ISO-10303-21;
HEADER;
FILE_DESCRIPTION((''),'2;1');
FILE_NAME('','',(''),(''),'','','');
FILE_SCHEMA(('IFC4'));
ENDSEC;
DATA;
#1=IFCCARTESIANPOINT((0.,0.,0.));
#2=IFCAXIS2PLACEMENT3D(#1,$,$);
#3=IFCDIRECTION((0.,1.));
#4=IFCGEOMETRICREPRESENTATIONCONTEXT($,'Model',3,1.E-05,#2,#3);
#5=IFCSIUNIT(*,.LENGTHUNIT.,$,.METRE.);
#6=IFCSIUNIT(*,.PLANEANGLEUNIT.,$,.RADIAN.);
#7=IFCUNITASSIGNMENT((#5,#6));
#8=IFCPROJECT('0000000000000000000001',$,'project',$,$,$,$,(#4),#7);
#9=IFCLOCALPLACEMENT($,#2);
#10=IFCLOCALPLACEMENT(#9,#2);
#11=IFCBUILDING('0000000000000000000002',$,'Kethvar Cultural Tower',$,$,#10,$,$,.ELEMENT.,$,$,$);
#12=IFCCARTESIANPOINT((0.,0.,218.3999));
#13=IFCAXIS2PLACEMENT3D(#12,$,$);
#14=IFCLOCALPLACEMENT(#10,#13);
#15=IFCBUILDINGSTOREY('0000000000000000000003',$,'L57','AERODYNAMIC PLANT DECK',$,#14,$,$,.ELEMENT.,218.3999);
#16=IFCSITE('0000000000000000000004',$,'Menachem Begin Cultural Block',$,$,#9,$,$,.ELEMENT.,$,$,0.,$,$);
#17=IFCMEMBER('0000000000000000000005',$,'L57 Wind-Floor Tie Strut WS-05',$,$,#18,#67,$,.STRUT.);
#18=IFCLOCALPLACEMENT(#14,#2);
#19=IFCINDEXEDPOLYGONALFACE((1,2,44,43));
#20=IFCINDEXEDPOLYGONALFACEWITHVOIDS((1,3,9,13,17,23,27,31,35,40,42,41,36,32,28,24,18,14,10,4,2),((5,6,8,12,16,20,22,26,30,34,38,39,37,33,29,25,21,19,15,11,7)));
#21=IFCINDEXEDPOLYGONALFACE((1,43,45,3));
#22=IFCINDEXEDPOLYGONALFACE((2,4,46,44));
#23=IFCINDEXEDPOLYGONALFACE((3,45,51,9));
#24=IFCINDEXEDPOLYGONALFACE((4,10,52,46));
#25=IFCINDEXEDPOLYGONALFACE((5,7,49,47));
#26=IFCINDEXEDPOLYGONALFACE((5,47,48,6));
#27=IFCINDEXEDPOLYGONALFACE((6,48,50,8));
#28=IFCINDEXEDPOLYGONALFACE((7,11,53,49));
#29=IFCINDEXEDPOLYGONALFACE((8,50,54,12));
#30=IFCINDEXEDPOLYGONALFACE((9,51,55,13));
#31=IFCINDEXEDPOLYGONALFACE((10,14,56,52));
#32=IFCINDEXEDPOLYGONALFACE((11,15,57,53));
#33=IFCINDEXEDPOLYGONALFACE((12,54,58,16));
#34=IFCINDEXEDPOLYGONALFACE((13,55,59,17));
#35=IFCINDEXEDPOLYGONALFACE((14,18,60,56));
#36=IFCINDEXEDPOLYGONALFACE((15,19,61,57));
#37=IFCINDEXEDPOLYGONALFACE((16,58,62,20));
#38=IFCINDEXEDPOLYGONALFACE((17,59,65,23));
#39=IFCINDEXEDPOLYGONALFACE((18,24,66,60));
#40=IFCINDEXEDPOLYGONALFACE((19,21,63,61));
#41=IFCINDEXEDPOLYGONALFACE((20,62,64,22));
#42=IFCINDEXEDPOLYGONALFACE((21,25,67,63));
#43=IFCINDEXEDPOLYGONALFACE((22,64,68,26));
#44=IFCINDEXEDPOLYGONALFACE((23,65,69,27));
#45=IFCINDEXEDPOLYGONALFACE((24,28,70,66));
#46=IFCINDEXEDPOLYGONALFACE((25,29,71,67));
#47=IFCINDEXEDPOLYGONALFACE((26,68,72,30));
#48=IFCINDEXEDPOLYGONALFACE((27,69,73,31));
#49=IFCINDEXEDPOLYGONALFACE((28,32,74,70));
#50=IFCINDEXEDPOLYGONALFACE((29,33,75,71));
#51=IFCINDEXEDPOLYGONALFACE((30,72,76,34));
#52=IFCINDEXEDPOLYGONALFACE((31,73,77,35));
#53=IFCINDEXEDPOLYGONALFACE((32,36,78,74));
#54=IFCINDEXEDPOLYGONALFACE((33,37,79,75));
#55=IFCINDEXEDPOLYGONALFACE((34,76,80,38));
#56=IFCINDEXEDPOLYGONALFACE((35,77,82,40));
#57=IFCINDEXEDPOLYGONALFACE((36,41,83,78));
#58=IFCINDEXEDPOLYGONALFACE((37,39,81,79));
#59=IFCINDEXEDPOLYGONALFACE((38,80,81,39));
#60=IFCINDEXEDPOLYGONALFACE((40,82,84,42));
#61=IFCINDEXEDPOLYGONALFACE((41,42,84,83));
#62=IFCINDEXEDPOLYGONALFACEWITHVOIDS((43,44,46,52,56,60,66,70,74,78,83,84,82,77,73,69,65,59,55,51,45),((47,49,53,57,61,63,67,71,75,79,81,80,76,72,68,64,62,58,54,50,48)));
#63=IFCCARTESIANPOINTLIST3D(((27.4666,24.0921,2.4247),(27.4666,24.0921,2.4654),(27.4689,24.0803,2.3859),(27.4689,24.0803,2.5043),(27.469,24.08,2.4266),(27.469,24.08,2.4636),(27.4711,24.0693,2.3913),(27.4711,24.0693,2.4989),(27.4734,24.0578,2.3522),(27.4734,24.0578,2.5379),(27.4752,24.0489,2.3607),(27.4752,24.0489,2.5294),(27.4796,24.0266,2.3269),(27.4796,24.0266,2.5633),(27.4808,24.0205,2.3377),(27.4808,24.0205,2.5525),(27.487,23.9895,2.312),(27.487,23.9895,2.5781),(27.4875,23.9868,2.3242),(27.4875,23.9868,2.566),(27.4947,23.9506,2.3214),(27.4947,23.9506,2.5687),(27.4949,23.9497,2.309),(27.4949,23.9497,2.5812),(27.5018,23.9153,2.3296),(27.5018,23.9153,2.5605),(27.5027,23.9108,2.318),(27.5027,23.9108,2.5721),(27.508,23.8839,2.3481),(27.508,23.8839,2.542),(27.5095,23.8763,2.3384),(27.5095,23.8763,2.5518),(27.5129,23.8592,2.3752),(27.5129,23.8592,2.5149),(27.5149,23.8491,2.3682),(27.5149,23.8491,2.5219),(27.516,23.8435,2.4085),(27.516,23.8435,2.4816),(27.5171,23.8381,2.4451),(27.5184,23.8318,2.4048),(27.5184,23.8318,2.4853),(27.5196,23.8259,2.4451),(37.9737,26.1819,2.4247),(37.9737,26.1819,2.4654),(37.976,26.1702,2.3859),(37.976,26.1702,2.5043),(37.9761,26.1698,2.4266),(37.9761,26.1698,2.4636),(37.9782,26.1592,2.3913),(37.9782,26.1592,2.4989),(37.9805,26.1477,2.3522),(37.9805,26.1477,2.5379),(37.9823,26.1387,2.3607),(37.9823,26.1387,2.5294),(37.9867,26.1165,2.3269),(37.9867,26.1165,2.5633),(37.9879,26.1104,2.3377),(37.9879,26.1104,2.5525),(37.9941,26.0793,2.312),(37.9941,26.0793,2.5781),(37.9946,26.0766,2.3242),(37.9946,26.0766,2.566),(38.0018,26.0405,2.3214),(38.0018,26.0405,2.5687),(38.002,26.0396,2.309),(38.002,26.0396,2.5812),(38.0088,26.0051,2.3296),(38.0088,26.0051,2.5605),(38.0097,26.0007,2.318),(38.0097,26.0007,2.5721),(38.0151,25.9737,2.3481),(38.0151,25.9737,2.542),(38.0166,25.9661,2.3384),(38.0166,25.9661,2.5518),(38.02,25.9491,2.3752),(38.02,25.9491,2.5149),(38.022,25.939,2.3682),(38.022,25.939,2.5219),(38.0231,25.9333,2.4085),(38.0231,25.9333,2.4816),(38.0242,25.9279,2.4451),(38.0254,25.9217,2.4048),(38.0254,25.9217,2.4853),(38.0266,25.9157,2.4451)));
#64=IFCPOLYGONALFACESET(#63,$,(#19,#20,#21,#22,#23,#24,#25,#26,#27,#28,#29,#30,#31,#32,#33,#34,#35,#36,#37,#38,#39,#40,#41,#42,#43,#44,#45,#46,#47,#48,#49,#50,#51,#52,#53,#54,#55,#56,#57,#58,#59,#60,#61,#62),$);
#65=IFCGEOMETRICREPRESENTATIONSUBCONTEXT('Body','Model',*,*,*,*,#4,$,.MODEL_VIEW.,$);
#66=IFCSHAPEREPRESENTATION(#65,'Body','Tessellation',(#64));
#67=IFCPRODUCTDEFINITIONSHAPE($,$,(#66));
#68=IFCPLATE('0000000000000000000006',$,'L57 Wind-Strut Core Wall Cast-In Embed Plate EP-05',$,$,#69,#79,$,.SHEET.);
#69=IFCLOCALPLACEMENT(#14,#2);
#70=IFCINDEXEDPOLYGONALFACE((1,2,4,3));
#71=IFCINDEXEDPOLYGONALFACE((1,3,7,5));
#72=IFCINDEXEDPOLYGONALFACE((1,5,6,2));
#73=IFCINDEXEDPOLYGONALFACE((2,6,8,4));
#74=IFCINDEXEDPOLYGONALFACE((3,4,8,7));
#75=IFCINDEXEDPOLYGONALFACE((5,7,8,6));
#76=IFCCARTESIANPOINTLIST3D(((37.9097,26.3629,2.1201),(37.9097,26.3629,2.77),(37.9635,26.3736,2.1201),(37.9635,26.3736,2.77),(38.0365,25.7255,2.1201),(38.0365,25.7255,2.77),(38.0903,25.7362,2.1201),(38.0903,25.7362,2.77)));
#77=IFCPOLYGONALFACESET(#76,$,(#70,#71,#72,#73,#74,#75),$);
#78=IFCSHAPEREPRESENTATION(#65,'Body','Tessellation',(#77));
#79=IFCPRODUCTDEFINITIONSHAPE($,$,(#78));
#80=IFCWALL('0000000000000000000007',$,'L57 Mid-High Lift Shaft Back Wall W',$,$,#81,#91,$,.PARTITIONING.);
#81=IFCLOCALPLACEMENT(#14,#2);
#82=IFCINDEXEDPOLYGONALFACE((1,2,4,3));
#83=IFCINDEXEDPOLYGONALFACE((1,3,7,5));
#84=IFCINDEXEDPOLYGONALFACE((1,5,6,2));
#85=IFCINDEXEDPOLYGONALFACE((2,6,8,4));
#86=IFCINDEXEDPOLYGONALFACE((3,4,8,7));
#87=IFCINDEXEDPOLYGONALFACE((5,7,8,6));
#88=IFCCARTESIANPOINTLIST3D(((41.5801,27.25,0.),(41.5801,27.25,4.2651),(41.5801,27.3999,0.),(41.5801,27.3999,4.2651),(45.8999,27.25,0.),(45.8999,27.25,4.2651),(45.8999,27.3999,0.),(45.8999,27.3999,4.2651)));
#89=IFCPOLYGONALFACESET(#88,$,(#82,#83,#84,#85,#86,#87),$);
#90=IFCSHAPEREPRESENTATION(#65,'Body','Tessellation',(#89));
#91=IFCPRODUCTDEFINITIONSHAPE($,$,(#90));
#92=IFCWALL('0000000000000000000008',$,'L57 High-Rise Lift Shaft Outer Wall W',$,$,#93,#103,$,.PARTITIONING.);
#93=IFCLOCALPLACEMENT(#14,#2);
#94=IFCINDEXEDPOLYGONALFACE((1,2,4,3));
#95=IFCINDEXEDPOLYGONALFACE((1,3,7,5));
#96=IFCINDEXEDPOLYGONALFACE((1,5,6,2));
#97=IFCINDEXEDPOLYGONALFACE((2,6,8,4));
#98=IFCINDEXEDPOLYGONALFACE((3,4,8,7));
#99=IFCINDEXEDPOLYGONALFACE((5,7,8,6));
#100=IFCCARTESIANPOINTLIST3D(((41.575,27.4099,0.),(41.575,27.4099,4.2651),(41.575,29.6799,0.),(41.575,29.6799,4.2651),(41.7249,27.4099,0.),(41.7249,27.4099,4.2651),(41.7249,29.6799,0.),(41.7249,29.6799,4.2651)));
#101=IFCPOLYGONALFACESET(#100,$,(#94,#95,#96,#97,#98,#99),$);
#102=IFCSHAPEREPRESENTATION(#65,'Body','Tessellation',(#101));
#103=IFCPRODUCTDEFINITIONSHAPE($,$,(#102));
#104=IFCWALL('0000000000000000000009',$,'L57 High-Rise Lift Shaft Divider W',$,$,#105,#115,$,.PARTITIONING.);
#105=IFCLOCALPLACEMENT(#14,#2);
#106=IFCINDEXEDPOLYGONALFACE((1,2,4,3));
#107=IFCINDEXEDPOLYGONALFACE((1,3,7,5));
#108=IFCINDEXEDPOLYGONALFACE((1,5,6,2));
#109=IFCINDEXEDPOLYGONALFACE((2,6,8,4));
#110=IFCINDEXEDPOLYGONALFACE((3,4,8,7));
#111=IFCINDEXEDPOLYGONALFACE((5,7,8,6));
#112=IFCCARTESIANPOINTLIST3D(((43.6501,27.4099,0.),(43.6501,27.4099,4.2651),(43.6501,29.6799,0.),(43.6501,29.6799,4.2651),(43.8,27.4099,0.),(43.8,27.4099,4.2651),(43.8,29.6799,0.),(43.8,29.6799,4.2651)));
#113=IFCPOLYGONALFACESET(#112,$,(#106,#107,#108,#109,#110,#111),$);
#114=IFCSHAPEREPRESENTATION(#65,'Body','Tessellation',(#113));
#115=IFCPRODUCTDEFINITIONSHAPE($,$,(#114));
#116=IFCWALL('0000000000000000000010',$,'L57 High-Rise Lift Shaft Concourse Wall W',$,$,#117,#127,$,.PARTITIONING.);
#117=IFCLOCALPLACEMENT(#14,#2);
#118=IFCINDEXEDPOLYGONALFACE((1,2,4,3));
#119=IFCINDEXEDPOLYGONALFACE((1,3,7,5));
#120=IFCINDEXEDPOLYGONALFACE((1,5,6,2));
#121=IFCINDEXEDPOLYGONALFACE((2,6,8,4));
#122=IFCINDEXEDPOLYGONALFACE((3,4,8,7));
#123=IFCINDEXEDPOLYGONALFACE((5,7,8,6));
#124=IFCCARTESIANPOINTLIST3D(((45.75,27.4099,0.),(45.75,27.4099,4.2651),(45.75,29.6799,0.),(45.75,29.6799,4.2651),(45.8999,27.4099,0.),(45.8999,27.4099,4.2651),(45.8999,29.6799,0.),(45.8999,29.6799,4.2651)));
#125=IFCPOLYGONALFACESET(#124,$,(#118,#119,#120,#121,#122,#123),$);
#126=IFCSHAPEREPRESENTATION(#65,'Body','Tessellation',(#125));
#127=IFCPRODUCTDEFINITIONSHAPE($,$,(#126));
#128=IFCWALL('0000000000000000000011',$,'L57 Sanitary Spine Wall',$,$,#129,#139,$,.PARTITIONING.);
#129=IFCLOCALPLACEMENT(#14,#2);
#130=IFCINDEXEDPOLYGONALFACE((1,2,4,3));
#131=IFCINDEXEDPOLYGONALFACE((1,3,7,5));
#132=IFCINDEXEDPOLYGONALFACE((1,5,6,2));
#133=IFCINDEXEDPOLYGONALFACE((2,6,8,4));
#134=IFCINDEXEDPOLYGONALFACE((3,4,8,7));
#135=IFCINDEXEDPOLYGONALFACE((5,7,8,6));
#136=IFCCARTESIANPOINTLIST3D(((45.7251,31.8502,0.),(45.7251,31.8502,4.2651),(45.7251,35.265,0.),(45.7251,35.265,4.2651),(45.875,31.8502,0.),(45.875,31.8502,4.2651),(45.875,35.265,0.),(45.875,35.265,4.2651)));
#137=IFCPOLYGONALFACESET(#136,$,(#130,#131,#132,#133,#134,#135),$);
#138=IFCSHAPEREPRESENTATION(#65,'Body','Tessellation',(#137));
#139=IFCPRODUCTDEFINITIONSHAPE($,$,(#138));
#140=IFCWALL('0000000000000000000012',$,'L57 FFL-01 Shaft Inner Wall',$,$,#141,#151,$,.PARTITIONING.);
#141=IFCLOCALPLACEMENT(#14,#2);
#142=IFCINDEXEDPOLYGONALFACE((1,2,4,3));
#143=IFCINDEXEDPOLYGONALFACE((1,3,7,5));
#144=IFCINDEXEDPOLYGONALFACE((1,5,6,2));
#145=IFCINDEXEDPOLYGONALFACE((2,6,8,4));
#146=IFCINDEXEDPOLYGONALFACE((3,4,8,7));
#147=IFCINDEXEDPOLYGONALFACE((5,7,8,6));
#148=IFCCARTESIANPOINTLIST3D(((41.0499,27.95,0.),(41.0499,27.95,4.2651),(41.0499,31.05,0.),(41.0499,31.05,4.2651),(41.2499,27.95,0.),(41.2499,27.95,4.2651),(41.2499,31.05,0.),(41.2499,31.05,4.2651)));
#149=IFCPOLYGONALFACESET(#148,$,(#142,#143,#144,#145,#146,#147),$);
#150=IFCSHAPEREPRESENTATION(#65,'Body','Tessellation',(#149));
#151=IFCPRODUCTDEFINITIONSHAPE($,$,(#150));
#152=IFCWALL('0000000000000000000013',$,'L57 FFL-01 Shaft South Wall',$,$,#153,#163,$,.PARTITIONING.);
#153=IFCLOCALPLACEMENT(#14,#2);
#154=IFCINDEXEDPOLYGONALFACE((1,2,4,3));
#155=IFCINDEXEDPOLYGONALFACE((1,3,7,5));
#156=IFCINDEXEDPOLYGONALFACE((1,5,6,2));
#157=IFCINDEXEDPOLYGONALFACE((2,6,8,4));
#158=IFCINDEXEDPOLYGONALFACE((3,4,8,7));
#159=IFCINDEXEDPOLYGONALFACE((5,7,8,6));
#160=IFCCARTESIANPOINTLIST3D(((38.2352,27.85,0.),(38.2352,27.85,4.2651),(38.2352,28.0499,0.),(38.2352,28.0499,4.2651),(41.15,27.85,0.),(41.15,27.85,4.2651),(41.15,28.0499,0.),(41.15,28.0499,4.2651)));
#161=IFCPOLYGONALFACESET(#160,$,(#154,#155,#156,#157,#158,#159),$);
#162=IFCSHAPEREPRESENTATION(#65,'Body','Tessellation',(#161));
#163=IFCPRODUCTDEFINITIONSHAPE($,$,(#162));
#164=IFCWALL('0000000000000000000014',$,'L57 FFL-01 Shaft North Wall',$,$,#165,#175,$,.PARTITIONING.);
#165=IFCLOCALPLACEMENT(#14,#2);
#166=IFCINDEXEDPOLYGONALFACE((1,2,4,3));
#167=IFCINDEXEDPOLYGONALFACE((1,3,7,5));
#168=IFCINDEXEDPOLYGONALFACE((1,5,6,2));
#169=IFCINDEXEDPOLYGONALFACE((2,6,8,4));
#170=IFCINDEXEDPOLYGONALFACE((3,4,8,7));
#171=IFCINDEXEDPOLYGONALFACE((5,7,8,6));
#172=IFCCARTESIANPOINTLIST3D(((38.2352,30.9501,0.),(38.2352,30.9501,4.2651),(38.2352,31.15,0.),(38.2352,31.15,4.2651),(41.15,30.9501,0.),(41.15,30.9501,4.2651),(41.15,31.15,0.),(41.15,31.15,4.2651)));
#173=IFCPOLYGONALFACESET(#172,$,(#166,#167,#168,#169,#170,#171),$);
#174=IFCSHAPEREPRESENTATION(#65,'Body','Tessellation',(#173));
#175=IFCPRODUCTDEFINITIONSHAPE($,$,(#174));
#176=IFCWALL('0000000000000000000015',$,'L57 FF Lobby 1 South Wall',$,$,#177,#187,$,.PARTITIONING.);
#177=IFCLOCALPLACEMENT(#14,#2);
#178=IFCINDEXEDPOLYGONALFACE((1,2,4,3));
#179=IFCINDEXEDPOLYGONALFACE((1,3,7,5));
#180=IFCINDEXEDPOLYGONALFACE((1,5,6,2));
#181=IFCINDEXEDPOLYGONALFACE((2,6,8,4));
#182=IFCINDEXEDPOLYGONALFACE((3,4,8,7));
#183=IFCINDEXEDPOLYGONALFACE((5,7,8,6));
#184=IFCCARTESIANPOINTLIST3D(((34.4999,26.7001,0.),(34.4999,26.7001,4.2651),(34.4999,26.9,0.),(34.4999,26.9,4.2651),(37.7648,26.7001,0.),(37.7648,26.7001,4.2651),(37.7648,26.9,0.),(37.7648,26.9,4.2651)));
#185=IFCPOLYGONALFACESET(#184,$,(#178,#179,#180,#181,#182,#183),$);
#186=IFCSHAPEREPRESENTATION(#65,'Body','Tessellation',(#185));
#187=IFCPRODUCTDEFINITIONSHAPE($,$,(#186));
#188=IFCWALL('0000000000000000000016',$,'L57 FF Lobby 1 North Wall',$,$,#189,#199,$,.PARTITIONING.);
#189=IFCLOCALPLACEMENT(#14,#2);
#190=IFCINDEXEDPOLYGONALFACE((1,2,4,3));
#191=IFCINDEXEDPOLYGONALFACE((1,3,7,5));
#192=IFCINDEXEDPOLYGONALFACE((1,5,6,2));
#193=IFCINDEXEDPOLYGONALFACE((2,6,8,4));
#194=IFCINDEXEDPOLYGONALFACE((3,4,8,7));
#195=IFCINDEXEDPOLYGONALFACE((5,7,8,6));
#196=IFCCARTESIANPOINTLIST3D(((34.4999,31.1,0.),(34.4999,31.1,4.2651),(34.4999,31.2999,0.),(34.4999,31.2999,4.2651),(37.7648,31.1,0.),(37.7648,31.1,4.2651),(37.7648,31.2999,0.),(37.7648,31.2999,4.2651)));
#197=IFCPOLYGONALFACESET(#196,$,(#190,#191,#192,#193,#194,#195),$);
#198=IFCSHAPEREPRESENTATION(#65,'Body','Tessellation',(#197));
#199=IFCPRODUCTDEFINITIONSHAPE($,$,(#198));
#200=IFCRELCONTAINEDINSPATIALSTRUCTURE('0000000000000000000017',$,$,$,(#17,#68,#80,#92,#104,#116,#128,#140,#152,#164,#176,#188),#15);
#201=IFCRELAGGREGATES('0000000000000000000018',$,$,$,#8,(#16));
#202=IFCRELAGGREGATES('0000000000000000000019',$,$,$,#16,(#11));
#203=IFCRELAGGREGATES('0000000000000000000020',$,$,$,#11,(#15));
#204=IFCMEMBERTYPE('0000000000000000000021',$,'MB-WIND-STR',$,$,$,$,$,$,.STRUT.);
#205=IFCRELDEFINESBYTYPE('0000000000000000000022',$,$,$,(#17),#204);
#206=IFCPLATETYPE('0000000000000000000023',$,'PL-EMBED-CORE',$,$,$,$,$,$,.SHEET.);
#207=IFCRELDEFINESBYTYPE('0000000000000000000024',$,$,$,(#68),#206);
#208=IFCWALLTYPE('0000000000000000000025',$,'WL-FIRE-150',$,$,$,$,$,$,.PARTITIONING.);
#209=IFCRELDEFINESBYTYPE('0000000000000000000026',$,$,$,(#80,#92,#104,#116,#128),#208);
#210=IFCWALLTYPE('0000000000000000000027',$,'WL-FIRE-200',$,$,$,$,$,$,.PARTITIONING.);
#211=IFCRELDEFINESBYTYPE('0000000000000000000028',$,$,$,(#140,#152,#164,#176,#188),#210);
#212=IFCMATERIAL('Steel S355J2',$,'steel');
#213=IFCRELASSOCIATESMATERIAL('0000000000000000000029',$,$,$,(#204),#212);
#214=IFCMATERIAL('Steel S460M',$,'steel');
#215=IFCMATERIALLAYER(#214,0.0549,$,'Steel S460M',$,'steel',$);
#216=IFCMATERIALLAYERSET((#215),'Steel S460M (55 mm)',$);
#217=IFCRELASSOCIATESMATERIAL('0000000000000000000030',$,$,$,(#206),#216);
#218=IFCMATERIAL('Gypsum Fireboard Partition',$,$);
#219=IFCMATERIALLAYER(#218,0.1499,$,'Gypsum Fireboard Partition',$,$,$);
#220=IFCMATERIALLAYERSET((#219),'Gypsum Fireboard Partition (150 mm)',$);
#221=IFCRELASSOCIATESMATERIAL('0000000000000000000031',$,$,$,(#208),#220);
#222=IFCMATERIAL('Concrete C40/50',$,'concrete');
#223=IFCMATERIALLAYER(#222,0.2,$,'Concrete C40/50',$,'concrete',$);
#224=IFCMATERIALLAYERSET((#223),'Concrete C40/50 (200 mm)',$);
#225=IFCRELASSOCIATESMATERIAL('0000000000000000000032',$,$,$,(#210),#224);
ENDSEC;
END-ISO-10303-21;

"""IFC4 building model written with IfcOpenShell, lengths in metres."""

from ifc_helpers import new_model, si_unit, direction, frame, frame_2d, origin, origin_2d, place, context, subcontext, project, spatial, rectangle, hollow_circle, extrude, source, transform, mapped, material, layer, layer_set, material_profile, profile_set, type_object, element, save


model = new_model("IFC4")

# Units and contexts
model_context = context("Model", 3, precision=1e-05, world=origin(), true_north=direction((0.0, 1.0)))
body_context = subcontext(model_context, "Body", "Model", "MODEL_VIEW")
ifc_project = project(units=[si_unit("LENGTHUNIT", "METRE"), si_unit("PLANEANGLEUNIT", "RADIAN")], contexts=[model_context])

# Site, building, storey
site_placement = place(None, origin())
site = spatial("IfcSite", under=ifc_project, at=site_placement, Name="Menachem Begin Cultural Block", CompositionType="ELEMENT", RefElevation=0.0)
building_placement = place(site_placement, origin())
building = spatial("IfcBuilding", under=site, at=building_placement, Name="Kethvar Cultural Tower", CompositionType="ELEMENT")
storey_placement = place(building_placement, frame((0.0, 0.0, 218.3999)))
storey = spatial("IfcBuildingStorey", under=building, at=storey_placement, Name="L57", Description="AERODYNAMIC PLANT DECK", CompositionType="ELEMENT", Elevation=218.3999)

# Shared definitions
ifc_material_1 = material(Name="Steel S460M", Category="steel")

# Shared definitions
ifc_material_2 = material(Name="Steel S355J2", Category="steel")

# Member
ifc_material_profile_1 = material_profile(ifc_material_2, hollow_circle(Radius=0.1365, WallThickness=0.0125, at=origin_2d()), Name="Steel S355J2 — CHS273x12.5")
ifc_profile_set_1 = profile_set([ifc_material_profile_1], Name="Steel S355J2 — CHS273x12.5")
member_type = type_object("IfcMemberType", Name="MB-WIND-STR", PredefinedType="STRUT", material=ifc_profile_set_1)
shared_shape_1 = source(origin(), body_context, "Body", "SweptSolid", [
    extrude(hollow_circle(Radius=0.1365, WallThickness=0.0125, at=origin_2d()), origin(), (0.0, 0.0, 1.0), 10.7129),
])
member_placement = place(storey_placement, frame((38.0, 26.0496, 2.4451), z_axis=(-0.980788, -0.195077, 0.0), x_axis=(0.195077, -0.980788, 0.0)))
element("IfcMember", 1, at=member_placement, inside=storey, type_object=member_type, Name="L57 Wind-Floor Tie Strut WS-05", PredefinedType="STRUT", context=body_context, shape_type="MappedRepresentation", body=[
    mapped(shared_shape_1, transform((0.0, 0.0, 0.0), scale=1.0)),
])

# Plate
ifc_layer_1 = layer(ifc_material_1, 0.0549, Name="Steel S460M", Category="steel")
ifc_layer_set_1 = layer_set([ifc_layer_1], Name="Steel S460M (55 mm)")
plate_type = type_object("IfcPlateType", Name="PL-EMBED-CORE", PredefinedType="SHEET", material=ifc_layer_set_1)
shared_shape_2 = source(origin(), body_context, "Body", "SweptSolid", [
    extrude(rectangle(XDim=0.0549, YDim=0.6499, at=origin_2d()), origin(), (0.0, 0.0, 1.0), 0.6499),
])
plate_placement = place(storey_placement, frame((38.0, 26.0496, 2.1201), z_axis=(0.0, 0.0, 1.0), x_axis=(-0.980785, -0.19509, 0.0)))
element("IfcPlate", 2, at=plate_placement, inside=storey, type_object=plate_type, Name="L57 Wind-Strut Core Wall Cast-In Embed Plate EP-05", PredefinedType="SHEET", context=body_context, shape_type="MappedRepresentation", body=[
    mapped(shared_shape_2, transform((0.0, 0.0, 0.0), scale=1.0)),
])

# Walls
ifc_material_3 = material(Name="Gypsum Fireboard Partition")
ifc_layer_2 = layer(ifc_material_3, 0.1499, Name="Gypsum Fireboard Partition")
ifc_layer_set_2 = layer_set([ifc_layer_2], Name="Gypsum Fireboard Partition (150 mm)")
wall_type_1 = type_object("IfcWallType", Name="WL-FIRE-150", PredefinedType="PARTITIONING", material=ifc_layer_set_2)
wall_1_placement = place(storey_placement, frame((41.5801, 27.325, 0.0), z_axis=(0.0, 0.0, 1.0), x_axis=(1.0, 0.0, 0.0)))
element("IfcWall", 3, at=wall_1_placement, inside=storey, type_object=wall_type_1, Name="L57 Mid-High Lift Shaft Back Wall W", PredefinedType="PARTITIONING", context=body_context, shape_type="SweptSolid", body=[
    extrude(rectangle(XDim=4.3198, YDim=0.1499, at=frame_2d((2.1599, 0.0))), origin(), (0.0, 0.0, 1.0), 4.2651),
])
for number, where, z_axis, x_axis, name in (
    (4, (41.6499, 27.4099, 0.0), (0.0, 0.0, 1.0), (0.0, 1.0, 0.0), "L57 High-Rise Lift Shaft Outer Wall W"),
    (5, (43.7251, 27.4099, 0.0), (0.0, 0.0, 1.0), (0.0, 1.0, 0.0), "L57 High-Rise Lift Shaft Divider W"),
    (6, (45.825, 27.4099, 0.0), (0.0, 0.0, 1.0), (0.0, 1.0, 0.0), "L57 High-Rise Lift Shaft Concourse Wall W"),
):
    element("IfcWall", number, at=place(storey_placement, frame(where, z_axis=z_axis, x_axis=x_axis)), inside=storey, type_object=wall_type_1, Name=name, PredefinedType="PARTITIONING", context=body_context, shape_type="SweptSolid", body=[
        extrude(rectangle(XDim=2.27, YDim=0.1499, at=frame_2d((1.135, 0.0))), origin(), (0.0, 0.0, 1.0), 4.2651),
    ])
wall_2_placement = place(storey_placement, frame((45.8, 31.8501, 0.0), z_axis=(0.0, 0.0, 1.0), x_axis=(0.0, 1.0, 0.0)))
element("IfcWall", 7, at=wall_2_placement, inside=storey, type_object=wall_type_1, Name="L57 Sanitary Spine Wall", PredefinedType="PARTITIONING", context=body_context, shape_type="SweptSolid", body=[
    extrude(rectangle(XDim=3.4148, YDim=0.1499, at=frame_2d((1.7075, 0.0))), origin(), (0.0, 0.0, 1.0), 4.2651),
])
ifc_material_4 = material(Name="Concrete C40/50", Category="concrete")
ifc_layer_3 = layer(ifc_material_4, 0.2, Name="Concrete C40/50", Category="concrete")
ifc_layer_set_3 = layer_set([ifc_layer_3], Name="Concrete C40/50 (200 mm)")
wall_type_2 = type_object("IfcWallType", Name="WL-FIRE-200", PredefinedType="PARTITIONING", material=ifc_layer_set_3)
wall_3_placement = place(storey_placement, frame((41.1499, 27.95, 0.0), z_axis=(0.0, 0.0, 1.0), x_axis=(0.0, 1.0, 0.0)))
element("IfcWall", 8, at=wall_3_placement, inside=storey, type_object=wall_type_2, Name="L57 FFL-01 Shaft Inner Wall", PredefinedType="PARTITIONING", context=body_context, shape_type="SweptSolid", body=[
    extrude(rectangle(XDim=3.1001, YDim=0.2, at=frame_2d((1.55, 0.0))), origin(), (0.0, 0.0, 1.0), 4.2651),
])
for number, where, z_axis, x_axis, name in (
    (9, (38.2351, 27.95, 0.0), (0.0, 0.0, 1.0), (1.0, 0.0, 0.0), "L57 FFL-01 Shaft South Wall"),
    (10, (38.2351, 31.05, 0.0), (0.0, 0.0, 1.0), (1.0, 0.0, 0.0), "L57 FFL-01 Shaft North Wall"),
):
    element("IfcWall", number, at=place(storey_placement, frame(where, z_axis=z_axis, x_axis=x_axis)), inside=storey, type_object=wall_type_2, Name=name, PredefinedType="PARTITIONING", context=body_context, shape_type="SweptSolid", body=[
        extrude(rectangle(XDim=2.9148, YDim=0.2, at=frame_2d((1.4575, 0.0))), origin(), (0.0, 0.0, 1.0), 4.2651),
    ])

# Walls
for number, where, z_axis, x_axis, name in (
    (11, (34.5, 26.8, 0.0), (0.0, 0.0, 1.0), (1.0, 0.0, 0.0), "L57 FF Lobby 1 South Wall"),
    (12, (34.5, 31.2, 0.0), (0.0, 0.0, 1.0), (1.0, 0.0, 0.0), "L57 FF Lobby 1 North Wall"),
):
    element("IfcWall", number, at=place(storey_placement, frame(where, z_axis=z_axis, x_axis=x_axis)), inside=storey, type_object=wall_type_2, Name=name, PredefinedType="PARTITIONING", context=body_context, shape_type="SweptSolid", body=[
        extrude(rectangle(XDim=3.2649, YDim=0.2, at=frame_2d((1.6323, 0.0))), origin(), (0.0, 0.0, 1.0), 4.2651),
    ])

save(model, "model.ifc")
